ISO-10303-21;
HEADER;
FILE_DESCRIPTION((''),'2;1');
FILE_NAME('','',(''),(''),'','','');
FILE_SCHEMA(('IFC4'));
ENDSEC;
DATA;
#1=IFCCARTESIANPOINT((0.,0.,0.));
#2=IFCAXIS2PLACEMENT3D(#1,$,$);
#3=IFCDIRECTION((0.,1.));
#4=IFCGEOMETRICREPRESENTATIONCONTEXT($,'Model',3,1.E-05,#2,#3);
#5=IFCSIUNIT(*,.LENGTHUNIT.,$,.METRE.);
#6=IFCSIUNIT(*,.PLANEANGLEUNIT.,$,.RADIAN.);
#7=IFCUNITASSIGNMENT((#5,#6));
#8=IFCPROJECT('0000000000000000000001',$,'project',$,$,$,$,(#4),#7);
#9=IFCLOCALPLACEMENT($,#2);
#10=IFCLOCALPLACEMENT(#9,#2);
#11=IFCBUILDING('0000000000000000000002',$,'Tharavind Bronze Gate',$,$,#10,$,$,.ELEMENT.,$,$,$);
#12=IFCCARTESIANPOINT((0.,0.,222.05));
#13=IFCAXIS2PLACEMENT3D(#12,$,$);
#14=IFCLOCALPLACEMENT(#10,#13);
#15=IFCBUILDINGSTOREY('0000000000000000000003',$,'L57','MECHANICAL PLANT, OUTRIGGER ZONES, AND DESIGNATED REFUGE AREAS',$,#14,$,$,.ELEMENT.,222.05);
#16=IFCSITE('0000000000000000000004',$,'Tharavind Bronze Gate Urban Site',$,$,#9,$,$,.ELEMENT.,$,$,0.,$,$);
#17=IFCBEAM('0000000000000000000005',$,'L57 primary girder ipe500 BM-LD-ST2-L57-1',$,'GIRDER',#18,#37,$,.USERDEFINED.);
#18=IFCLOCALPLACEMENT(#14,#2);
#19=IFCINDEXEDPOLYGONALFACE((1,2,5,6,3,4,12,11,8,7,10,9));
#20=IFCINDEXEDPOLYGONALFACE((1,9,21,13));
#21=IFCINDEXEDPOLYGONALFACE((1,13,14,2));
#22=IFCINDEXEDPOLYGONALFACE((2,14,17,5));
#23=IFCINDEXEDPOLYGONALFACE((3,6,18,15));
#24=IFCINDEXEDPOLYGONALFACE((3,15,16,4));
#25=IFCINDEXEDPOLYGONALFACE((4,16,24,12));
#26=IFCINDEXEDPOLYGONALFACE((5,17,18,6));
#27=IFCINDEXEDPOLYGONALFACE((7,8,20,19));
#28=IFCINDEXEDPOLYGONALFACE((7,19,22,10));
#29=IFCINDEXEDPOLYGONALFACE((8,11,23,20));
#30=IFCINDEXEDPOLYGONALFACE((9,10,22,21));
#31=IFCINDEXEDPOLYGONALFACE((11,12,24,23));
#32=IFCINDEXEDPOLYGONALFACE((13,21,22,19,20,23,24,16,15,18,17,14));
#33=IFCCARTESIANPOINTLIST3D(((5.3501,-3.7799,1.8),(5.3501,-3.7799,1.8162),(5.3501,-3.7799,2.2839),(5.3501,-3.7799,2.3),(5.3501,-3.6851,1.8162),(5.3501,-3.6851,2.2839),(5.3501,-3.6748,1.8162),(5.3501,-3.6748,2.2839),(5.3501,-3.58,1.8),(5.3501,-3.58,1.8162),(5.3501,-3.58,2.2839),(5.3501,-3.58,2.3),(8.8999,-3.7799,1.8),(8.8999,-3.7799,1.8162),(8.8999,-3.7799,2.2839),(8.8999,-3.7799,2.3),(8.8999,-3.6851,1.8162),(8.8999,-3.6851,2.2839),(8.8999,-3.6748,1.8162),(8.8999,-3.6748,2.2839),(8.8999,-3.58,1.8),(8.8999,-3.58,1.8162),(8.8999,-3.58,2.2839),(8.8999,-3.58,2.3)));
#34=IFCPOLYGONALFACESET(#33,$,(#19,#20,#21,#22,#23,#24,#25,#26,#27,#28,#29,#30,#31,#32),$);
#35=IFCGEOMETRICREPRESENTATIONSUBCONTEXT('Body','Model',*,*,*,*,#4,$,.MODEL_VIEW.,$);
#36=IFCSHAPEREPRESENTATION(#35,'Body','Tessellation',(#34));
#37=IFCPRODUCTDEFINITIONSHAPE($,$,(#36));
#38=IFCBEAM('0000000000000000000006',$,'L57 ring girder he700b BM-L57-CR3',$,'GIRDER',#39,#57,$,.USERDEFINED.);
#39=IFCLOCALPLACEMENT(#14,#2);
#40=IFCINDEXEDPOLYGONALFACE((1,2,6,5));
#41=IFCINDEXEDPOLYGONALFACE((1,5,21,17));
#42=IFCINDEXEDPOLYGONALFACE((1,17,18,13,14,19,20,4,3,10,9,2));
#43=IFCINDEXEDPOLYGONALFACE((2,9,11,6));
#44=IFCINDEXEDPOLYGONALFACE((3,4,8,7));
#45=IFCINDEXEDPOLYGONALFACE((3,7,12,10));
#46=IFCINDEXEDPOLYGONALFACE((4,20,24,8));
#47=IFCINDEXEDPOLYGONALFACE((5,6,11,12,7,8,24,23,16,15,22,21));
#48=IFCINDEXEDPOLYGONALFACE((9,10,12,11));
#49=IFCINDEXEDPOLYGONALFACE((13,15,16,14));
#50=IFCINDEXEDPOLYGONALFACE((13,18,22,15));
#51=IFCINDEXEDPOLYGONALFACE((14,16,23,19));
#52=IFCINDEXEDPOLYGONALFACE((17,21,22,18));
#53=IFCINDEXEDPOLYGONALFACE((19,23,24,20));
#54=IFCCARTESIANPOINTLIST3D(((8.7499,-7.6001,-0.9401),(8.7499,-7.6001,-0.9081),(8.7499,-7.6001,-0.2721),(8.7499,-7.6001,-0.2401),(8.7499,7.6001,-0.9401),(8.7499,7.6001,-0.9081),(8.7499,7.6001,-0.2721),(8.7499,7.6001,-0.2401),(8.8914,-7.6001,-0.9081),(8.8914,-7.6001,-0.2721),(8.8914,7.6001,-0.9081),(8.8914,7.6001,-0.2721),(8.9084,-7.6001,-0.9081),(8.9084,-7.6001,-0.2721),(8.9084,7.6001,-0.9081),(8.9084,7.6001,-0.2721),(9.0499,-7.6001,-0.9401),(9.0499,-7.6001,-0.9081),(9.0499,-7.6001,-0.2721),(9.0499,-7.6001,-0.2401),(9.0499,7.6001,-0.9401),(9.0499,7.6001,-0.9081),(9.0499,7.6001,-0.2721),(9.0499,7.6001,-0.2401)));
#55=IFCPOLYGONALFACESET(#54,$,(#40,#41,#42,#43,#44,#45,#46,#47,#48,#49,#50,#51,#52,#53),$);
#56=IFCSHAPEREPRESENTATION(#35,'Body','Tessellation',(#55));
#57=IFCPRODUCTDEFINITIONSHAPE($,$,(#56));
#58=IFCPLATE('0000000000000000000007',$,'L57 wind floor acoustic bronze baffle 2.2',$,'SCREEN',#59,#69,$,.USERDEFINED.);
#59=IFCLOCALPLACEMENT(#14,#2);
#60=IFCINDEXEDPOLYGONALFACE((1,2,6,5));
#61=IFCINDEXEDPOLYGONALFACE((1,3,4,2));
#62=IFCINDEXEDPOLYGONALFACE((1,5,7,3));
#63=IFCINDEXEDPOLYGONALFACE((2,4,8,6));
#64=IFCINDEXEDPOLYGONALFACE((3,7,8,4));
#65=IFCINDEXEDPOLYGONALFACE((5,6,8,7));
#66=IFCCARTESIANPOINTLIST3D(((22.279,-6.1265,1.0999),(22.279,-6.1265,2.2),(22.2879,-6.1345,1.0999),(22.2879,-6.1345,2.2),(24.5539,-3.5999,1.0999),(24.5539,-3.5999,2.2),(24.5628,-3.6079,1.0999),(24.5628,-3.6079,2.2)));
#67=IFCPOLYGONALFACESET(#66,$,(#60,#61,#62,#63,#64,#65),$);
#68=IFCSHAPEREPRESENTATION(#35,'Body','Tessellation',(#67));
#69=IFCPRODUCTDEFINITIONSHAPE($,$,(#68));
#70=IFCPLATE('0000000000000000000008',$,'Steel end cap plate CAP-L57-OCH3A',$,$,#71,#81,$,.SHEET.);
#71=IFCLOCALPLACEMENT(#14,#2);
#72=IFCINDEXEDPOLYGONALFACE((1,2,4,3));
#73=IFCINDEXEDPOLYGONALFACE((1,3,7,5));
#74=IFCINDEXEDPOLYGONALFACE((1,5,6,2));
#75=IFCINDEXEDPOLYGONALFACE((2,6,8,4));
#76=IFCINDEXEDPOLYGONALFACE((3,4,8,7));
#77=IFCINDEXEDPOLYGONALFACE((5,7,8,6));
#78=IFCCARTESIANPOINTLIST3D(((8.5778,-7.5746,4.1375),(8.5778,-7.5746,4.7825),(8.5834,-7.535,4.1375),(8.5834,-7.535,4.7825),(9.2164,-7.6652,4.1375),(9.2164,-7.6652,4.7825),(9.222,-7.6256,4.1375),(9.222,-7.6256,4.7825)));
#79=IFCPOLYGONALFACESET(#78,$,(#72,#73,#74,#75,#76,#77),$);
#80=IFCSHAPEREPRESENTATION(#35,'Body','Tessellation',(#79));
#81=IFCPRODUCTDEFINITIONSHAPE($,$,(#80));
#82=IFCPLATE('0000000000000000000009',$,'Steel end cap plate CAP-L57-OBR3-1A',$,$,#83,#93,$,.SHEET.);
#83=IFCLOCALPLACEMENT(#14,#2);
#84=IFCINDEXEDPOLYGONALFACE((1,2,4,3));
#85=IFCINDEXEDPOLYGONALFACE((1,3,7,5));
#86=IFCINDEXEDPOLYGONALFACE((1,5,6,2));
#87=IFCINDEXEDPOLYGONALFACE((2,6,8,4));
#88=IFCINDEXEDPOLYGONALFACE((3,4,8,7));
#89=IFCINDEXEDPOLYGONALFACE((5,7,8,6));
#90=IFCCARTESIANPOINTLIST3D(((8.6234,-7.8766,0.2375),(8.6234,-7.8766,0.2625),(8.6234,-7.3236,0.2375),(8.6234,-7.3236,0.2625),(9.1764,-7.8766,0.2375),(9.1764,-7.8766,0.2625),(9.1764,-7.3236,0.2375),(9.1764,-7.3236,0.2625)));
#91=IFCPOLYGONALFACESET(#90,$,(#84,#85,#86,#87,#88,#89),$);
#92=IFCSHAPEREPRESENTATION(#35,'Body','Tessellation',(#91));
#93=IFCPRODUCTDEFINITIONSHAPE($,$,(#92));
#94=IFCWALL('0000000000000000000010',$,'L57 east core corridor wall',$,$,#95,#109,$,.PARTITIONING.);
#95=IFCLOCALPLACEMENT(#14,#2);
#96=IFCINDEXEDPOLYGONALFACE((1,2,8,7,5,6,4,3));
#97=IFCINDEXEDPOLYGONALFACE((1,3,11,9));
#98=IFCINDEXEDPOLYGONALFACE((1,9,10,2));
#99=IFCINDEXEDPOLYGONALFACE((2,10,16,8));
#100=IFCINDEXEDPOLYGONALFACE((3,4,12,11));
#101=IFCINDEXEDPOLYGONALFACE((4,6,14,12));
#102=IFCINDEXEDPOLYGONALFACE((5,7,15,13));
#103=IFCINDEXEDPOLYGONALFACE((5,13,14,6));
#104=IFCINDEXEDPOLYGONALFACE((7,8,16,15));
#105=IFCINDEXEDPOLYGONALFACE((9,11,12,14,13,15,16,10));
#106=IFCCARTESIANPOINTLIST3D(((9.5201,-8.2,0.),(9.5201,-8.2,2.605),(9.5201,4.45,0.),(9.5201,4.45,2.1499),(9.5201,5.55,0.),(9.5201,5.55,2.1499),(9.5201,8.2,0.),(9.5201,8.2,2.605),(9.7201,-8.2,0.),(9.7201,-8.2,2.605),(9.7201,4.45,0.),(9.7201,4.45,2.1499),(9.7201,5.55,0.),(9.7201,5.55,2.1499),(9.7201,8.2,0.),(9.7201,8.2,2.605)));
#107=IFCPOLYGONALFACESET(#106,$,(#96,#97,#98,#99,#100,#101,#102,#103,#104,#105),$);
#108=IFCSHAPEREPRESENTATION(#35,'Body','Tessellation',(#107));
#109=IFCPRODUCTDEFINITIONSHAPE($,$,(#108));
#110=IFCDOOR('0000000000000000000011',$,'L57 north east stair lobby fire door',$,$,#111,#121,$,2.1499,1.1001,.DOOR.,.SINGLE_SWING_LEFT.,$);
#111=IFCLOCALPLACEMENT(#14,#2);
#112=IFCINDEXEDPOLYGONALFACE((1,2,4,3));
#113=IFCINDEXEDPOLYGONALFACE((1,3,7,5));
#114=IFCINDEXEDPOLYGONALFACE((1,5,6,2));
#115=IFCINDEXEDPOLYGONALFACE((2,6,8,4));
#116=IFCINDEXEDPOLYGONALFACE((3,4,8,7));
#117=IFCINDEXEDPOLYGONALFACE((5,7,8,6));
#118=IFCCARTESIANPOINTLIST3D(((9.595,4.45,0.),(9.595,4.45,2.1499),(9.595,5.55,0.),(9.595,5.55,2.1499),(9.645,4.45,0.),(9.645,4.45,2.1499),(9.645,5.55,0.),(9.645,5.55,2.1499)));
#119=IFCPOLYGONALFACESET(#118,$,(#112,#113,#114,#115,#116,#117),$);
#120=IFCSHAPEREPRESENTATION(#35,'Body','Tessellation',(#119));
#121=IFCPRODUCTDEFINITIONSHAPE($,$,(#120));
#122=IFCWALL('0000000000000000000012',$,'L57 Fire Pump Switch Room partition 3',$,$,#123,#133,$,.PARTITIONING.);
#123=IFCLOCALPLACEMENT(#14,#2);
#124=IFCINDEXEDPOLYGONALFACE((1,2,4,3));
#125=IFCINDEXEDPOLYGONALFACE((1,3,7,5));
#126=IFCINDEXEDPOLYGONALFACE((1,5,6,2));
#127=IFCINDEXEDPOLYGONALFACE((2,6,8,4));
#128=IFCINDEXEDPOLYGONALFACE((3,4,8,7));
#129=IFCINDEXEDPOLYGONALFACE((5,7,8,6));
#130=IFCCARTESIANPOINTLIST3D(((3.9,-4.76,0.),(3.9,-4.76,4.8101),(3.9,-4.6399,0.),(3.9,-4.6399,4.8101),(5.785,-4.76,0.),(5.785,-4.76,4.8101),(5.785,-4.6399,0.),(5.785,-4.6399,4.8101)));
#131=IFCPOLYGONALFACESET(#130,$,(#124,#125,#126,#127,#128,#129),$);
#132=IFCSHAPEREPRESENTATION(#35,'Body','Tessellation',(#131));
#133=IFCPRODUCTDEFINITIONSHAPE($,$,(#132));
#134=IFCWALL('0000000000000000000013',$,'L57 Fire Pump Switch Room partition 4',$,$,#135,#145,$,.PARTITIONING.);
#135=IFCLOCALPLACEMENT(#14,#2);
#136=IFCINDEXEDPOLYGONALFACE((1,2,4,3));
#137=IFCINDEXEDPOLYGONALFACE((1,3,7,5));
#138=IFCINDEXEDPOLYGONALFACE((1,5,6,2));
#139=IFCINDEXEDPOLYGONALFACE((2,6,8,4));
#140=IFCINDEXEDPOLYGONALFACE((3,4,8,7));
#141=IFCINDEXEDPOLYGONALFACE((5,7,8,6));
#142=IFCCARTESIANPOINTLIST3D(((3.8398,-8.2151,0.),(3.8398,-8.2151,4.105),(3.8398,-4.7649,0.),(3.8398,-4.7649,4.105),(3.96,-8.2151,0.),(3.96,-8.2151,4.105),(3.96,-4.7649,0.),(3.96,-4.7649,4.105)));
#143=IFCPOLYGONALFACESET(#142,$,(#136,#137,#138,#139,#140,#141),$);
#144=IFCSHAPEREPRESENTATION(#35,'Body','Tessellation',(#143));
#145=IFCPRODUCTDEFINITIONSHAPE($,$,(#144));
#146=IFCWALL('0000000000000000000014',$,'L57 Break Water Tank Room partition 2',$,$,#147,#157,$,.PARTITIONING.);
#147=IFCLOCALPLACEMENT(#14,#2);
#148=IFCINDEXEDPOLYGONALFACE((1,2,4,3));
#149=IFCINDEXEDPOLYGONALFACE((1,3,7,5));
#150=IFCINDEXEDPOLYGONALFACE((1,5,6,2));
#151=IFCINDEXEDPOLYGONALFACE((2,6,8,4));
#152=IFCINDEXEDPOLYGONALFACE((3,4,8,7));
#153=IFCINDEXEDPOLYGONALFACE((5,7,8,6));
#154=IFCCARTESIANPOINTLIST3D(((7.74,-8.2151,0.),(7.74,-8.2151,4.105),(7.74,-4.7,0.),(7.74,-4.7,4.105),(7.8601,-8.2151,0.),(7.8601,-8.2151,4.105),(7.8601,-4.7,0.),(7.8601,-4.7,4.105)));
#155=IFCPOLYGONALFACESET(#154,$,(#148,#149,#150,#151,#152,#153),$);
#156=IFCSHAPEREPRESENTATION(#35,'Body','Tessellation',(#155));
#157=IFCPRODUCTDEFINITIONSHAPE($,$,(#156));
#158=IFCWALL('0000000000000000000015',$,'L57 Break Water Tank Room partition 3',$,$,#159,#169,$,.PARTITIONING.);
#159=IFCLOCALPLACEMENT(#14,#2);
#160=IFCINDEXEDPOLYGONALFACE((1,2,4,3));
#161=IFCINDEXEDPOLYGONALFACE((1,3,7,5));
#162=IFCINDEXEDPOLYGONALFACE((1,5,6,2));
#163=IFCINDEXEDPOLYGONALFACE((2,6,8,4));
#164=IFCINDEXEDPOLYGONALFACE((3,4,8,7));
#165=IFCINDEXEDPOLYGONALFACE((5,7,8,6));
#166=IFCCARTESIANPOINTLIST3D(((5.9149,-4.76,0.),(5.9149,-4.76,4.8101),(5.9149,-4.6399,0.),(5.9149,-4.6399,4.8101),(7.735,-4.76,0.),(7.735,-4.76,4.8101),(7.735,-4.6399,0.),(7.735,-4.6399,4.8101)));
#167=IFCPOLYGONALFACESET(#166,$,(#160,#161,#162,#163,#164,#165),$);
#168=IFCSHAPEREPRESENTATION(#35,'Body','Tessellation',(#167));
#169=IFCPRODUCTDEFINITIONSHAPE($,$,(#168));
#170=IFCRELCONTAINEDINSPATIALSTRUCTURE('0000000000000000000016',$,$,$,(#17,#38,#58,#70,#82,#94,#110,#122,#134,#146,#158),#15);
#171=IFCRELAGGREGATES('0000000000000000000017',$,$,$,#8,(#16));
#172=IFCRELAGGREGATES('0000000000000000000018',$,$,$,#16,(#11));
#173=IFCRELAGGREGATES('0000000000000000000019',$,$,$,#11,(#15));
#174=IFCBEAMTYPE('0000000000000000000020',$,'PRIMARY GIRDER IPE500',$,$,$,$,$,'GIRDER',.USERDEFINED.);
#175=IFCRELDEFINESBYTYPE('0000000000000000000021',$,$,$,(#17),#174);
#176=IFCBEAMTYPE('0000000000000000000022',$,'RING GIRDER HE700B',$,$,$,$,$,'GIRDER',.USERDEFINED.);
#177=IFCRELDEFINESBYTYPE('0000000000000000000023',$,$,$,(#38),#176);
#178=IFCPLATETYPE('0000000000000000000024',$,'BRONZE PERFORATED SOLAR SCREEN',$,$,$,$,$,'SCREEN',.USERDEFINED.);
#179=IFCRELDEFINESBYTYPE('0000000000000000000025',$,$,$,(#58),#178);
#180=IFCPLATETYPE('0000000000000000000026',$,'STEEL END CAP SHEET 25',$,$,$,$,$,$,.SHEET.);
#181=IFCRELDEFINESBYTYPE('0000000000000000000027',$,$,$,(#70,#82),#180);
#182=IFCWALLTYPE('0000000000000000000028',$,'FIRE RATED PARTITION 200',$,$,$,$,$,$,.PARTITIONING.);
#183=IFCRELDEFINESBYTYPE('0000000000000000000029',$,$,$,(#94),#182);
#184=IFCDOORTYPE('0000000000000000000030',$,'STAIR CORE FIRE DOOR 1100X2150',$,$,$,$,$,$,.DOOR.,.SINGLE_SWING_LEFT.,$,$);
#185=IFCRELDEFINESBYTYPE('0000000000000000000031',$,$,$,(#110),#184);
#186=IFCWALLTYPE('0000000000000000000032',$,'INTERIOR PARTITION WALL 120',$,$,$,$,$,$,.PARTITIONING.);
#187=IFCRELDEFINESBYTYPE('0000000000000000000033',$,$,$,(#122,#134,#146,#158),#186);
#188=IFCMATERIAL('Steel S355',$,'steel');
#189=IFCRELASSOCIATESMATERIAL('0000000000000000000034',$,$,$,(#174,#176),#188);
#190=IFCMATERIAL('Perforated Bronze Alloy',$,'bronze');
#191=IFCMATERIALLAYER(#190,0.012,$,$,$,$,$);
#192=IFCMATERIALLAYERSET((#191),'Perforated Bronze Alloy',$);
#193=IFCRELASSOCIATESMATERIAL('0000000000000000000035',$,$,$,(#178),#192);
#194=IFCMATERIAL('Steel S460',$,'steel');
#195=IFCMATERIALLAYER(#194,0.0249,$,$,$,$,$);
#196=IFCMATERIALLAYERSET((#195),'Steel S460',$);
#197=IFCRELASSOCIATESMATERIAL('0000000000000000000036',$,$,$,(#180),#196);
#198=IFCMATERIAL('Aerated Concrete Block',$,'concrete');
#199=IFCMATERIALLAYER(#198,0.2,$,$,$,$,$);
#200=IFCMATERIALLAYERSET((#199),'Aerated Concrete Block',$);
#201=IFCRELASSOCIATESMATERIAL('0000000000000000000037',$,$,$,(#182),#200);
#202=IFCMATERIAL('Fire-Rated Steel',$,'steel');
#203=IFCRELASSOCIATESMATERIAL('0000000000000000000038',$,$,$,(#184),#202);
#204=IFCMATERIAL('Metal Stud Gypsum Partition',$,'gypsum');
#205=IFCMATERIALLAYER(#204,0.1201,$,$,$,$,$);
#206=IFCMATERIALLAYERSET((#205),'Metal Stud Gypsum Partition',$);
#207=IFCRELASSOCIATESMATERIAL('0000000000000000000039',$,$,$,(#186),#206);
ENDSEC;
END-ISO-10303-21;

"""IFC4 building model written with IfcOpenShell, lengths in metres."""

from ifc_helpers import new_model, si_unit, direction, frame, frame_2d, origin, origin_2d, place, context, subcontext, project, spatial, rectangle, i_section, extrude, material, layer, layer_set, material_profile, profile_set, type_object, element, fill, save


model = new_model("IFC4")

# Units and contexts
model_context = context("Model", 3, precision=1e-05, world=origin(), true_north=direction((0.0, 1.0)))
body_context = subcontext(model_context, "Body", "Model", "MODEL_VIEW")
ifc_project = project(units=[si_unit("LENGTHUNIT", "METRE"), si_unit("PLANEANGLEUNIT", "RADIAN")], contexts=[model_context])

# Site, building, storey
site_placement = place(None, origin())
site = spatial("IfcSite", under=ifc_project, at=site_placement, Name="Tharavind Bronze Gate Urban Site", CompositionType="ELEMENT", RefElevation=0.0)
building_placement = place(site_placement, origin())
building = spatial("IfcBuilding", under=site, at=building_placement, Name="Tharavind Bronze Gate", CompositionType="ELEMENT")
storey_placement = place(building_placement, frame((0.0, 0.0, 222.05)))
storey = spatial("IfcBuildingStorey", under=building, at=storey_placement, Name="L57", Description="MECHANICAL PLANT, OUTRIGGER ZONES, AND DESIGNATED REFUGE AREAS", CompositionType="ELEMENT", Elevation=222.05)

# Shared definitions
ifc_material_1 = material(Name="Steel S460", Category="steel")

# Beams
ifc_material_2 = material(Name="Steel S355", Category="steel")
ifc_material_profile_1 = material_profile(ifc_material_2, i_section(OverallWidth=0.2, OverallDepth=0.5, WebThickness=0.0103, FlangeThickness=0.0161, at=origin_2d()), Name="IPE500")
ifc_profile_set_1 = profile_set([ifc_material_profile_1], Name="Steel S355")
beam_type_1 = type_object("IfcBeamType", Name="PRIMARY GIRDER IPE500", ElementType="GIRDER", PredefinedType="USERDEFINED", material=ifc_profile_set_1)
beam_1_placement = place(storey_placement, frame((5.3501, -3.6799, 2.05), z_axis=(1.0, 0.0, 0.0), x_axis=(0.0, 1.0, 0.0)))
element("IfcBeam", 1, at=beam_1_placement, inside=storey, type_object=beam_type_1, Name="L57 primary girder ipe500 BM-LD-ST2-L57-1", ObjectType="GIRDER", PredefinedType="USERDEFINED", context=body_context, shape_type="SweptSolid", body=[
    extrude(i_section(OverallWidth=0.2, OverallDepth=0.5, WebThickness=0.0103, FlangeThickness=0.0161, at=origin_2d()), origin(), (0.0, 0.0, 1.0), 3.5498),
])
ifc_material_profile_2 = material_profile(ifc_material_2, i_section(OverallWidth=0.3, OverallDepth=0.7, WebThickness=0.0171, FlangeThickness=0.032, at=origin_2d()), Name="HE700B")
ifc_profile_set_2 = profile_set([ifc_material_profile_2], Name="Steel S355")
beam_type_2 = type_object("IfcBeamType", Name="RING GIRDER HE700B", ElementType="GIRDER", PredefinedType="USERDEFINED", material=ifc_profile_set_2)
beam_2_placement = place(storey_placement, frame((8.8999, -7.6001, -0.5901), z_axis=(0.0, 1.0, 0.0), x_axis=(-1.0, 0.0, 0.0)))
element("IfcBeam", 2, at=beam_2_placement, inside=storey, type_object=beam_type_2, Name="L57 ring girder he700b BM-L57-CR3", ObjectType="GIRDER", PredefinedType="USERDEFINED", context=body_context, shape_type="SweptSolid", body=[
    extrude(i_section(OverallWidth=0.3, OverallDepth=0.7, WebThickness=0.0171, FlangeThickness=0.032, at=origin_2d()), origin(), (0.0, 0.0, 1.0), 15.2002),
])

# Plates
ifc_material_3 = material(Name="Perforated Bronze Alloy", Category="bronze")
ifc_layer_1 = layer(ifc_material_3, 0.012)
ifc_layer_set_1 = layer_set([ifc_layer_1], Name="Perforated Bronze Alloy")
plate_type_1 = type_object("IfcPlateType", Name="BRONZE PERFORATED SOLAR SCREEN", ElementType="SCREEN", PredefinedType="USERDEFINED", material=ifc_layer_set_1)
plate_1_placement = place(storey_placement, frame((23.4209, -4.8672, 1.0999), z_axis=(0.0, 0.0, 1.0), x_axis=(0.669131, 0.743145, 0.0)))
element("IfcPlate", 3, at=plate_1_placement, inside=storey, type_object=plate_type_1, Name="L57 wind floor acoustic bronze baffle 2.2", ObjectType="SCREEN", PredefinedType="USERDEFINED", context=body_context, shape_type="SweptSolid", body=[
    extrude(rectangle(XDim=3.3999, YDim=0.012, at=origin_2d()), origin(), (0.0, 0.0, 1.0), 1.1001),
])
ifc_layer_2 = layer(ifc_material_1, 0.0249)
ifc_layer_set_2 = layer_set([ifc_layer_2], Name="Steel S460")
plate_type_2 = type_object("IfcPlateType", Name="STEEL END CAP SHEET 25", PredefinedType="SHEET", material=ifc_layer_set_2)
plate_2_placement = place(storey_placement, frame((8.8999, -7.6001, 4.1375), z_axis=(0.0, 0.0, 1.0), x_axis=(0.140519, 0.990078, 0.0)))
element("IfcPlate", 4, at=plate_2_placement, inside=storey, type_object=plate_type_2, Name="Steel end cap plate CAP-L57-OCH3A", PredefinedType="SHEET", context=body_context, shape_type="SweptSolid", body=[
    extrude(rectangle(XDim=0.04, YDim=0.645, at=origin_2d()), origin(), (0.0, 0.0, 1.0), 0.645),
])
plate_3_placement = place(storey_placement, frame((8.8999, -7.6001, 0.2375), z_axis=(0.0, 0.0, 1.0), x_axis=(1.0, 0.0, 0.0)))
element("IfcPlate", 5, at=plate_3_placement, inside=storey, type_object=plate_type_2, Name="Steel end cap plate CAP-L57-OBR3-1A", PredefinedType="SHEET", context=body_context, shape_type="SweptSolid", body=[
    extrude(rectangle(XDim=0.553, YDim=0.553, at=origin_2d()), origin(), (0.0, 0.0, 1.0), 0.0249),
])

# Wall, opening, door
ifc_material_4 = material(Name="Aerated Concrete Block", Category="concrete")
ifc_layer_3 = layer(ifc_material_4, 0.2)
ifc_layer_set_3 = layer_set([ifc_layer_3], Name="Aerated Concrete Block")
wall_type_1 = type_object("IfcWallType", Name="FIRE RATED PARTITION 200", PredefinedType="PARTITIONING", material=ifc_layer_set_3)
wall_1_placement = place(storey_placement, frame((9.6201, -8.2, 0.0), z_axis=(0.0, 0.0, 1.0), x_axis=(0.0, 1.0, 0.0)))
wall_1 = element("IfcWall", 6, at=wall_1_placement, inside=storey, type_object=wall_type_1, Name="L57 east core corridor wall", PredefinedType="PARTITIONING", context=body_context, shape_type="SweptSolid", body=[
    extrude(rectangle(XDim=16.3999, YDim=0.2, at=frame_2d((8.2, 0.0))), origin(), (0.0, 0.0, 1.0), 2.605),
])
opening_1_placement = place(wall_1_placement, frame((12.6499, 0.0, 0.0)))
opening_1 = element("IfcOpeningElement", 7, at=opening_1_placement, cuts=wall_1, PredefinedType="OPENING", context=body_context, shape_type="SweptSolid", body=[
    extrude(rectangle(XDim=1.1001, YDim=2.1499, at=frame_2d((0.55, 1.075))), frame((0.0, 0.1101, 0.0), z_axis=(0.0, -1.0, 0.0), x_axis=(1.0, 0.0, 0.0)), (0.0, 0.0, 1.0), 0.22),
])
ifc_material_5 = material(Name="Fire-Rated Steel", Category="steel")
door_type_1 = type_object("IfcDoorType", Name="STAIR CORE FIRE DOOR 1100X2150", OperationType="SINGLE_SWING_LEFT", PredefinedType="DOOR", material=ifc_material_5)
door_1_placement = place(opening_1_placement, frame((1.1001, 0.0, 0.0), z_axis=(0.0, 0.0, 1.0), x_axis=(-1.0, 0.0, 0.0)))
door_1 = element("IfcDoor", 8, at=door_1_placement, inside=storey, type_object=door_type_1, Name="L57 north east stair lobby fire door", OperationType="SINGLE_SWING_LEFT", OverallHeight=2.1499, OverallWidth=1.1001, PredefinedType="DOOR", context=body_context, shape_type="SweptSolid", body=[
    extrude(rectangle(XDim=1.1001, YDim=2.1499, at=frame_2d((0.55, 1.075))), frame((0.0, 0.0249, 0.0), z_axis=(0.0, -1.0, 0.0), x_axis=(1.0, 0.0, 0.0)), (0.0, 0.0, 1.0), 0.05),
])
fill(opening_1, door_1)

# Walls
ifc_material_6 = material(Name="Metal Stud Gypsum Partition", Category="gypsum")
ifc_layer_4 = layer(ifc_material_6, 0.1201)
ifc_layer_set_4 = layer_set([ifc_layer_4], Name="Metal Stud Gypsum Partition")
wall_type_2 = type_object("IfcWallType", Name="INTERIOR PARTITION WALL 120", PredefinedType="PARTITIONING", material=ifc_layer_set_4)
wall_2_placement = place(storey_placement, frame((5.7849, -4.7, 0.0), z_axis=(0.0, 0.0, 1.0), x_axis=(-1.0, 0.0, 0.0)))
element("IfcWall", 9, at=wall_2_placement, inside=storey, type_object=wall_type_2, Name="L57 Fire Pump Switch Room partition 3", PredefinedType="PARTITIONING", context=body_context, shape_type="SweptSolid", body=[
    extrude(rectangle(XDim=1.885, YDim=0.1201, at=frame_2d((0.9424, 0.0))), origin(), (0.0, 0.0, 1.0), 4.8101),
])
wall_3_placement = place(storey_placement, frame((3.8999, -4.7649, 0.0), z_axis=(0.0, 0.0, 1.0), x_axis=(0.0, -1.0, 0.0)))
element("IfcWall", 10, at=wall_3_placement, inside=storey, type_object=wall_type_2, Name="L57 Fire Pump Switch Room partition 4", PredefinedType="PARTITIONING", context=body_context, shape_type="SweptSolid", body=[
    extrude(rectangle(XDim=3.4502, YDim=0.1201, at=frame_2d((1.7251, 0.0))), origin(), (0.0, 0.0, 1.0), 4.105),
])
wall_4_placement = place(storey_placement, frame((7.8, -8.2151, 0.0), z_axis=(0.0, 0.0, 1.0), x_axis=(0.0, 1.0, 0.0)))
element("IfcWall", 11, at=wall_4_placement, inside=storey, type_object=wall_type_2, Name="L57 Break Water Tank Room partition 2", PredefinedType="PARTITIONING", context=body_context, shape_type="SweptSolid", body=[
    extrude(rectangle(XDim=3.5151, YDim=0.1201, at=frame_2d((1.7576, 0.0))), origin(), (0.0, 0.0, 1.0), 4.105),
])
wall_5_placement = place(storey_placement, frame((7.7351, -4.7, 0.0), z_axis=(0.0, 0.0, 1.0), x_axis=(-1.0, 0.0, 0.0)))
element("IfcWall", 12, at=wall_5_placement, inside=storey, type_object=wall_type_2, Name="L57 Break Water Tank Room partition 3", PredefinedType="PARTITIONING", context=body_context, shape_type="SweptSolid", body=[
    extrude(rectangle(XDim=1.8201, YDim=0.1201, at=frame_2d((0.9102, 0.0))), origin(), (0.0, 0.0, 1.0), 4.8101),
])

save(model, "model.ifc")
